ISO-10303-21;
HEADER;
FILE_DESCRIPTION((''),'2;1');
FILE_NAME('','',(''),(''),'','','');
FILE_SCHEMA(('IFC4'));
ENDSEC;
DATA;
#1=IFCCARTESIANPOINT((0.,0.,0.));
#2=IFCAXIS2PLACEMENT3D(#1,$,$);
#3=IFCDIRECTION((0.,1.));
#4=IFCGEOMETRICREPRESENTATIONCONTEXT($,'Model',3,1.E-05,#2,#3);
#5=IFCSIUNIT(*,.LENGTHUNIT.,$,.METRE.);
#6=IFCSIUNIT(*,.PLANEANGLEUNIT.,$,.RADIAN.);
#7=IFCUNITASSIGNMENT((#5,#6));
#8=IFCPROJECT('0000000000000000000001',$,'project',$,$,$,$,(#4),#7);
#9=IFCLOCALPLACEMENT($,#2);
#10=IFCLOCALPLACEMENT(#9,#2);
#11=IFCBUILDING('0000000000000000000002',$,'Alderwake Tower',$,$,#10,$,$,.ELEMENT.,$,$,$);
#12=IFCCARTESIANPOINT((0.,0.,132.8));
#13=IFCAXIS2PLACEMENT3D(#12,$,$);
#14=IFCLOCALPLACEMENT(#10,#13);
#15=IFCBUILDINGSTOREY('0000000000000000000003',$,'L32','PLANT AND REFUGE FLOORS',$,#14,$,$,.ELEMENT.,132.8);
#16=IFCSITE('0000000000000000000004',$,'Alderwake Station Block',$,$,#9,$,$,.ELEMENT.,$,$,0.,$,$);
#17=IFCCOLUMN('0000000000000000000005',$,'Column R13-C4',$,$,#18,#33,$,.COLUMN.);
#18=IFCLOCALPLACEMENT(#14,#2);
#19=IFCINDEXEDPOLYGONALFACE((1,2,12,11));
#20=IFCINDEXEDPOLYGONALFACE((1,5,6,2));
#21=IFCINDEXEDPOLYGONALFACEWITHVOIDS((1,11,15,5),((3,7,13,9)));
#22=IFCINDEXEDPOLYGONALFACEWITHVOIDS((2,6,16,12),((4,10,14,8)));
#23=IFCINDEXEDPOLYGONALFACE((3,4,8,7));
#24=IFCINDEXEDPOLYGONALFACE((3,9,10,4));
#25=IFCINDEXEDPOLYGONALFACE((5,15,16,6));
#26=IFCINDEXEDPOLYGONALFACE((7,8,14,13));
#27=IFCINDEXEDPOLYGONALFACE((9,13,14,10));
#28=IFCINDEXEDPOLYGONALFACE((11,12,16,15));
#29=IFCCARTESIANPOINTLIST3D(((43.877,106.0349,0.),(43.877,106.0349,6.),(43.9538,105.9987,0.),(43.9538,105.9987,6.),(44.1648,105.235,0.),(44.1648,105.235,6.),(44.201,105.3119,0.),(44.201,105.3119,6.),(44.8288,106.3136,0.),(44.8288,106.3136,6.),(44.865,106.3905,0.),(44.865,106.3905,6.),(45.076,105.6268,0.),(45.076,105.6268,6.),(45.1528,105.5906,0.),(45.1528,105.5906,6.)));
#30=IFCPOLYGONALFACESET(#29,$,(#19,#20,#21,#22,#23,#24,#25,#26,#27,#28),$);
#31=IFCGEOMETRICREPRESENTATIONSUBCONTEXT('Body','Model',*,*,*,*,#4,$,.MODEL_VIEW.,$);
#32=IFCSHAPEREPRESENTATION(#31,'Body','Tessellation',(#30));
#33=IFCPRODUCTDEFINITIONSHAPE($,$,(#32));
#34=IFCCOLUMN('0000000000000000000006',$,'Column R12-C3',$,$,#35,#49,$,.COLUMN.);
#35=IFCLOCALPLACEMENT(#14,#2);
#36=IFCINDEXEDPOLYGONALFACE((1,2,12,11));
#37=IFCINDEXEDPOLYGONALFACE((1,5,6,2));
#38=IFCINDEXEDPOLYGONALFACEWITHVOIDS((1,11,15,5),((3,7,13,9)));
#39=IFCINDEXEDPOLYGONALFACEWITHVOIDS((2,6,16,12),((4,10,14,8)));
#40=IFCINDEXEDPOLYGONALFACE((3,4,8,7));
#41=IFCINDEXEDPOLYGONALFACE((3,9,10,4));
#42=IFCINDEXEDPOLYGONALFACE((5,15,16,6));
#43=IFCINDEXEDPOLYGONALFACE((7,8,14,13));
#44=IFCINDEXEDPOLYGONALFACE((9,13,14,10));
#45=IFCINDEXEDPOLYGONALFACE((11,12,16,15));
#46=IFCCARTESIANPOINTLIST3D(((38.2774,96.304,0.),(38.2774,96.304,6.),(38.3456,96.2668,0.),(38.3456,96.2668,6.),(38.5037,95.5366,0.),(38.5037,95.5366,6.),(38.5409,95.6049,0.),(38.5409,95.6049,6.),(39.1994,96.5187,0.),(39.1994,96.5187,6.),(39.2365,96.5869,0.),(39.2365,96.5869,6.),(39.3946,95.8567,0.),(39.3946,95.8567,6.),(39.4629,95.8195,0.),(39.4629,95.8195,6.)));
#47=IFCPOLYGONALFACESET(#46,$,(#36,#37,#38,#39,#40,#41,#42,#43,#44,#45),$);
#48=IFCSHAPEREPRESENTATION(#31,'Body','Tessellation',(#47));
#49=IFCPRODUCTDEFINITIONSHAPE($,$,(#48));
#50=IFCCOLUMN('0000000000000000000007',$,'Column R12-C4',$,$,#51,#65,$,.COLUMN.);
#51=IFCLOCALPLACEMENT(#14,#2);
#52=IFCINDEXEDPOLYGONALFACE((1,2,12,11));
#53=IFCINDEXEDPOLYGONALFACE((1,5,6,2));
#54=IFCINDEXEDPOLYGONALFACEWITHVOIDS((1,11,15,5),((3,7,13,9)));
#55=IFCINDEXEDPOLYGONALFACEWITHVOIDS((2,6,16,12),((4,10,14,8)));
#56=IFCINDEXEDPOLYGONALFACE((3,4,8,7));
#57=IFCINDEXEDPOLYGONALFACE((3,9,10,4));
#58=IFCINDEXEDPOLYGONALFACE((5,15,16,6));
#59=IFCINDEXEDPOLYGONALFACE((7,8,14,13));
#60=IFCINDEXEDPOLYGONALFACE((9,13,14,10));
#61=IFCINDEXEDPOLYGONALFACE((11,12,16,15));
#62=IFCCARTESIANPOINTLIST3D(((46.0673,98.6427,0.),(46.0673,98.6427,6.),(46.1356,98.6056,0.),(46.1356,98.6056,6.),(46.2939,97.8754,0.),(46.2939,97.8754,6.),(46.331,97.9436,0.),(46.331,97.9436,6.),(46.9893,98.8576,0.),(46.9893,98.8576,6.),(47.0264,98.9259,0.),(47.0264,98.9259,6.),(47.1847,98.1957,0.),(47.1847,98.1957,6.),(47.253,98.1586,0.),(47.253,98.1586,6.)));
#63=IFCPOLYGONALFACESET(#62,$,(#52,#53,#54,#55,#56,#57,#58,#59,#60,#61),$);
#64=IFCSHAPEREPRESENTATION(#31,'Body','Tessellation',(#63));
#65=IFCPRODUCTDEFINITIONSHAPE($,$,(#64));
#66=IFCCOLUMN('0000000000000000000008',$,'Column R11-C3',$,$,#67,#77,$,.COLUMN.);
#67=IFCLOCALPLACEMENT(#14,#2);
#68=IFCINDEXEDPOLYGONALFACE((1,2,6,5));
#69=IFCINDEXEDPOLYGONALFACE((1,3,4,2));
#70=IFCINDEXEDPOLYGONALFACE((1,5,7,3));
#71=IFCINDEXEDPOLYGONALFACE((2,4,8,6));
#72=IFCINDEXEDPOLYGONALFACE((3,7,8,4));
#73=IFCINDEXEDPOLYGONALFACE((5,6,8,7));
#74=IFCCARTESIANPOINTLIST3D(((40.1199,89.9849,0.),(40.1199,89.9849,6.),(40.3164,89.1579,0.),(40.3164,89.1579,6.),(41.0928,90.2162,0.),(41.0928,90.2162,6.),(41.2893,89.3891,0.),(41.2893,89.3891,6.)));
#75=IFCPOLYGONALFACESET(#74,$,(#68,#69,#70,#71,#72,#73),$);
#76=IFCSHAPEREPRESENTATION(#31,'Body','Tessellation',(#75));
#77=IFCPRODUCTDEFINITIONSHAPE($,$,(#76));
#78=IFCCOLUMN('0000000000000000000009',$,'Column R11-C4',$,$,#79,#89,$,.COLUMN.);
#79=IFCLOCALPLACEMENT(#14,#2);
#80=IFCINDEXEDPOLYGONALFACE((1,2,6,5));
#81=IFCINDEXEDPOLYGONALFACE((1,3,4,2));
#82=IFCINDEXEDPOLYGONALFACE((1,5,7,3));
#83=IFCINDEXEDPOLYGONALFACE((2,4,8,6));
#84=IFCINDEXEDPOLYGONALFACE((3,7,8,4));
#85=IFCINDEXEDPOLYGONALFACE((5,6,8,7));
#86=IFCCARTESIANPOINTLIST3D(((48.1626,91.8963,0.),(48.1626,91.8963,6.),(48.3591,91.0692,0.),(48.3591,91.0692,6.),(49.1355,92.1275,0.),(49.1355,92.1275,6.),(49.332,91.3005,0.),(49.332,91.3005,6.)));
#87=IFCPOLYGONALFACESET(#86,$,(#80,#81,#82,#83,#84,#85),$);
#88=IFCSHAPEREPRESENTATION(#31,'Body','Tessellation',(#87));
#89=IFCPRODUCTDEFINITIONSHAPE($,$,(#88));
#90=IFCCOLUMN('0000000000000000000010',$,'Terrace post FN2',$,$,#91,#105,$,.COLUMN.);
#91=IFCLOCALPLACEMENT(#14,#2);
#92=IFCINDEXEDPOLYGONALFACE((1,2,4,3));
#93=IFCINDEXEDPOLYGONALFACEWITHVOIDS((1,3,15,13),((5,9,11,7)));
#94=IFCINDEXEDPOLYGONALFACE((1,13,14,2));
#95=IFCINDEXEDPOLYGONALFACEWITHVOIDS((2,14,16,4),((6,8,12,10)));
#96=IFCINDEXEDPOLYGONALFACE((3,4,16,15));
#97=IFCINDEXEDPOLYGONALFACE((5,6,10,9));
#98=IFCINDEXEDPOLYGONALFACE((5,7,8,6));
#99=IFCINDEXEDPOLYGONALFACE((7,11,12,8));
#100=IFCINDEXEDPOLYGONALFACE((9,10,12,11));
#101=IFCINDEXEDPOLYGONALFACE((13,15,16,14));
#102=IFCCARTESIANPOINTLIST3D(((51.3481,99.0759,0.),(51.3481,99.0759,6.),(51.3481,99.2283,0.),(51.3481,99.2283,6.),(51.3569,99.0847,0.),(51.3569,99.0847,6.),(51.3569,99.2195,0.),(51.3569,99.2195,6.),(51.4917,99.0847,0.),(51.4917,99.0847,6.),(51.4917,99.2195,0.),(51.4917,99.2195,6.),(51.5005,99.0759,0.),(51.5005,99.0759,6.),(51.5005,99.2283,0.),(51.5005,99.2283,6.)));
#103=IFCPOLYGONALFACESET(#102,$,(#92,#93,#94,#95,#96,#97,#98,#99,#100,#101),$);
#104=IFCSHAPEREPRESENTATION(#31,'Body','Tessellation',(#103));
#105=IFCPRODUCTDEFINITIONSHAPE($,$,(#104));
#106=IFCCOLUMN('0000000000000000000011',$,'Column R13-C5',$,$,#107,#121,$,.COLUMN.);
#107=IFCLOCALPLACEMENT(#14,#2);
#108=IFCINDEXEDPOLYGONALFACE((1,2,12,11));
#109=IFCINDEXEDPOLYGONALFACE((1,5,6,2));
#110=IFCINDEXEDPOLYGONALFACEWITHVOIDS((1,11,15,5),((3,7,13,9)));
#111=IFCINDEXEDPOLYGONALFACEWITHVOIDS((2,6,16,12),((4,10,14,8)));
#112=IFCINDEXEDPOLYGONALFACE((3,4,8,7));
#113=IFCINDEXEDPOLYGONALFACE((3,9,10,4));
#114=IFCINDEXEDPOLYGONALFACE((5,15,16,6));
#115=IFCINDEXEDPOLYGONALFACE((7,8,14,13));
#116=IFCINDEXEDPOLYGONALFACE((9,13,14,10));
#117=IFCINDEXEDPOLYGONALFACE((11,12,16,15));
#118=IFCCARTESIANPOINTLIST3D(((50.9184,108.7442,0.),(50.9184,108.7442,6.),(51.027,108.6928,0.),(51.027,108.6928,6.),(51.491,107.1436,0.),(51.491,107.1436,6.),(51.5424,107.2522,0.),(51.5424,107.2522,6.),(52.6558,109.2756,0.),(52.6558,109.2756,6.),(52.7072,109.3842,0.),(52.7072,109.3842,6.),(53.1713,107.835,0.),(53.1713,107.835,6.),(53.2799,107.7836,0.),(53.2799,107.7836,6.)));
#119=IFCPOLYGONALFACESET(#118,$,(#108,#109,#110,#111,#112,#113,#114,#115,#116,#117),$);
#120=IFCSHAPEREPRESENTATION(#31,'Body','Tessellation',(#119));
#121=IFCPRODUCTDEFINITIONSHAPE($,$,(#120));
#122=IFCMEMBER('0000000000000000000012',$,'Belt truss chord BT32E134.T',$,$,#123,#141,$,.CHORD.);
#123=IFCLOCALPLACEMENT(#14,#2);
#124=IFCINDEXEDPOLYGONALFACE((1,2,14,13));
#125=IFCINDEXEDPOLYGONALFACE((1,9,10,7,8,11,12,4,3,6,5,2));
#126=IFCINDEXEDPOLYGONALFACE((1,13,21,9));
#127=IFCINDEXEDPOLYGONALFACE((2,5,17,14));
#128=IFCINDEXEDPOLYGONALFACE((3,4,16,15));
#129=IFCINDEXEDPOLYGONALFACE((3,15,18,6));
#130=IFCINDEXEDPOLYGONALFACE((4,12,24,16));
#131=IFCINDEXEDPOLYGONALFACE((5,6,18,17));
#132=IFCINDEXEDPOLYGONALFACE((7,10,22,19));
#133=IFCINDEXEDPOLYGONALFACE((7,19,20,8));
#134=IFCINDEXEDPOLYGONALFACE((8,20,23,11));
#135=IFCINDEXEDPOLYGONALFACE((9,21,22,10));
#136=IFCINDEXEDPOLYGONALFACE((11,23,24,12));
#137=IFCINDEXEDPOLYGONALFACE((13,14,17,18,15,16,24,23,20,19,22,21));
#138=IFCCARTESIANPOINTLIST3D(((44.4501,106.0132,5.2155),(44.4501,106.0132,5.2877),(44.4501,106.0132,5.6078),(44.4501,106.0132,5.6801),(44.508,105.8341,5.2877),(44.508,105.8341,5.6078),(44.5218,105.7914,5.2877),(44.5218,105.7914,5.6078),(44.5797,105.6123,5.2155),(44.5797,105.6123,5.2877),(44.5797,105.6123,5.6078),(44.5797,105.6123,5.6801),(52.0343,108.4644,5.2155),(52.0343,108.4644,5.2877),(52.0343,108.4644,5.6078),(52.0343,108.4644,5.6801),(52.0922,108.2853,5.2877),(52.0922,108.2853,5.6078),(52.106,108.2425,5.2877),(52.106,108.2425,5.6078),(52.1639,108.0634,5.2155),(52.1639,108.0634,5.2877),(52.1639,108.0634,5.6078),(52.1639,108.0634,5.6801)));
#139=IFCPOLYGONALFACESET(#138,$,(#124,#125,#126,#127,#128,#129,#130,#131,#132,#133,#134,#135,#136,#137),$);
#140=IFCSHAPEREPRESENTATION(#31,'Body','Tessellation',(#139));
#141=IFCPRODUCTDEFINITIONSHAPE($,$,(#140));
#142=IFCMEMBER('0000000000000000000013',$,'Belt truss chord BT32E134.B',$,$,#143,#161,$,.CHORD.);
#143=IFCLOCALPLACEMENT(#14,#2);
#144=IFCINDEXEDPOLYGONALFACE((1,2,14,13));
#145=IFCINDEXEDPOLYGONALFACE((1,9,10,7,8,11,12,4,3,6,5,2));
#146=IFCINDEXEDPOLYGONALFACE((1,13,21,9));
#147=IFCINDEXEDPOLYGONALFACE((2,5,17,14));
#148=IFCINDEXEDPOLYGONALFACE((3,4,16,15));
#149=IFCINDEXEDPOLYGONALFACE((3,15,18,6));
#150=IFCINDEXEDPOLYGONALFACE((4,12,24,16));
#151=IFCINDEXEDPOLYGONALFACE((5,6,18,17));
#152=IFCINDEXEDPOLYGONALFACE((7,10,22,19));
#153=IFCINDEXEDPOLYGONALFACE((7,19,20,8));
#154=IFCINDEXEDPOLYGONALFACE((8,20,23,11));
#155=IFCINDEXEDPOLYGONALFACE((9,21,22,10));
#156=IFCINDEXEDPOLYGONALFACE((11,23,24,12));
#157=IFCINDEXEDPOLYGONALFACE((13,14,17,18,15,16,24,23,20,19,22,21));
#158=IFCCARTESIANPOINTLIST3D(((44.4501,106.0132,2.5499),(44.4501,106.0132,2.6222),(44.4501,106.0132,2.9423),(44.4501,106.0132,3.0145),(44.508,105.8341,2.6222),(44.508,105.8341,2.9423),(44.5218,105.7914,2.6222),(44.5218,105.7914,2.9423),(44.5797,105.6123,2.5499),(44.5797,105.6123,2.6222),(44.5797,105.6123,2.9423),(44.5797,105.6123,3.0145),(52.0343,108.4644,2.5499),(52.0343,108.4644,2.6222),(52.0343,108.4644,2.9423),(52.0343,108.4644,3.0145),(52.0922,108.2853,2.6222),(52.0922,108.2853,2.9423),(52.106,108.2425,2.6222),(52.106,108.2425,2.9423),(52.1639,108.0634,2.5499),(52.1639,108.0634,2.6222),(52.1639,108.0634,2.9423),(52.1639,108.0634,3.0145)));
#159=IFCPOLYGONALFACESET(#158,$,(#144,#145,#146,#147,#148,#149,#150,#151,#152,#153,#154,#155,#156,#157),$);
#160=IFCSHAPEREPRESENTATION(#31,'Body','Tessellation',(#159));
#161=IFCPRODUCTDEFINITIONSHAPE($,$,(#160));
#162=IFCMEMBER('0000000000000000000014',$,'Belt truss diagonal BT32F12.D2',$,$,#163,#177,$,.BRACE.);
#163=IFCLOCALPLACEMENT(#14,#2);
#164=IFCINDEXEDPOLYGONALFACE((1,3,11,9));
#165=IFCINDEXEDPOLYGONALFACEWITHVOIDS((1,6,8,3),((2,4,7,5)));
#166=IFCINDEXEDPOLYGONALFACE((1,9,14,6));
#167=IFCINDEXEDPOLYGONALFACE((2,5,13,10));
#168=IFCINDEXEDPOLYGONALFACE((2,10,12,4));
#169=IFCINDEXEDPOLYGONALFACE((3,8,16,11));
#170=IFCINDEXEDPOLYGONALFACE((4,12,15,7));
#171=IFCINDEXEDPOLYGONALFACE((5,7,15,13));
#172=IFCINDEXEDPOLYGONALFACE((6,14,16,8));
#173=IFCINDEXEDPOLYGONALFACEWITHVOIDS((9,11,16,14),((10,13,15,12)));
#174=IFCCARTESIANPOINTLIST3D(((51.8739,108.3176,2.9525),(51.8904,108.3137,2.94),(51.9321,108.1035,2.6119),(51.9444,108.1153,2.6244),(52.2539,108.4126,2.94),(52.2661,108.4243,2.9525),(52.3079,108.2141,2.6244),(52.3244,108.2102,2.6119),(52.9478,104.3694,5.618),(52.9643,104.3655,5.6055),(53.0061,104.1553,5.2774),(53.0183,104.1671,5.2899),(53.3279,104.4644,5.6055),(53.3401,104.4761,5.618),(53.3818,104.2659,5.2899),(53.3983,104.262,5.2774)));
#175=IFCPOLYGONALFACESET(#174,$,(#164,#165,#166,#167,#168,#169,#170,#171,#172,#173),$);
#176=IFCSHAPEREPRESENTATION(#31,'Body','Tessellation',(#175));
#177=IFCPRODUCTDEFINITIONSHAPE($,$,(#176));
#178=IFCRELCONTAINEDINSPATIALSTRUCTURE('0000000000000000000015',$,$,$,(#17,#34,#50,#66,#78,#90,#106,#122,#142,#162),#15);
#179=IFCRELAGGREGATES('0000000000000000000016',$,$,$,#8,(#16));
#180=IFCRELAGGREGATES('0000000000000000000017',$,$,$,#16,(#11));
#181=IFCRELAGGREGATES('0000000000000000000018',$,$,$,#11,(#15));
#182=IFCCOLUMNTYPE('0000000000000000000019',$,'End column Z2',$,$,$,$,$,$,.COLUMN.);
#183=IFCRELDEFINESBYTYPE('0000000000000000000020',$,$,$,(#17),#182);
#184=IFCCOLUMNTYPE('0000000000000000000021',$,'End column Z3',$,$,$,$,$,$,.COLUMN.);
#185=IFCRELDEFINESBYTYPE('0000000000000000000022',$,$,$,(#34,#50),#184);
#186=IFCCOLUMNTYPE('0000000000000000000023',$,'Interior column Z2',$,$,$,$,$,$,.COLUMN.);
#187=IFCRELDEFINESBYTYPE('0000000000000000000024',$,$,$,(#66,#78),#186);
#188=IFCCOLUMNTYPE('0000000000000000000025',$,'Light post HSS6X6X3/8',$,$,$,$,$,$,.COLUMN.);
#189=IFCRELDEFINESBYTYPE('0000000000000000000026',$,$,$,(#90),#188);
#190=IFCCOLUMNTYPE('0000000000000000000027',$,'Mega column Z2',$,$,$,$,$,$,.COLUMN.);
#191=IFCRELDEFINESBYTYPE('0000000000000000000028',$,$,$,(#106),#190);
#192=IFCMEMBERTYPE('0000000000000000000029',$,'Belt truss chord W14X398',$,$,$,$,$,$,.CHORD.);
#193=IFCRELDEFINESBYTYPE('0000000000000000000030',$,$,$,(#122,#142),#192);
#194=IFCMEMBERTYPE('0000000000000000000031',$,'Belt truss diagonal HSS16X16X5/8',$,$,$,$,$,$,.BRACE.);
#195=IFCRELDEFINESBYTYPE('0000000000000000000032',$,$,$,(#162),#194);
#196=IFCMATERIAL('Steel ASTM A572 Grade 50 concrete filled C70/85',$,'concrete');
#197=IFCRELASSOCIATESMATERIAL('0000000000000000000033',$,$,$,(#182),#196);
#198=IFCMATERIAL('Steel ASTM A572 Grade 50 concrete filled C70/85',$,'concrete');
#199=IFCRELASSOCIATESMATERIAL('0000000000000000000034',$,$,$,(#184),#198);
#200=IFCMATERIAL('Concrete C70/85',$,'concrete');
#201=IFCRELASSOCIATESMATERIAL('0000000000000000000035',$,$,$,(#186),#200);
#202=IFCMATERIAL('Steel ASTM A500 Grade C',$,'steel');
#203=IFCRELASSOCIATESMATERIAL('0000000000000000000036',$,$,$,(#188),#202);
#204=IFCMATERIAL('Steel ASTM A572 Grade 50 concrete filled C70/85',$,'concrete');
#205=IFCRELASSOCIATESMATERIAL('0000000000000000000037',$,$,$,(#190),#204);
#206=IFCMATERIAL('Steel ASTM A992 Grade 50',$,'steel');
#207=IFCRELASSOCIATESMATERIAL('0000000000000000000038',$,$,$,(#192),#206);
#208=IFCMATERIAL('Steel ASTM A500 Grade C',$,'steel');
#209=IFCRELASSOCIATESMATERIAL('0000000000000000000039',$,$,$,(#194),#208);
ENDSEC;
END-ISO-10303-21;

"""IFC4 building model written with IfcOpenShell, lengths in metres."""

from ifc_helpers import new_model, si_unit, direction, frame, origin, origin_2d, place, context, subcontext, project, spatial, rectangle, hollow_rectangle, i_section, extrude, material, material_profile, profile_set, type_object, element, save


model = new_model("IFC4")

# Units and contexts
model_context = context("Model", 3, precision=1e-05, world=origin(), true_north=direction((0.0, 1.0)))
body_context = subcontext(model_context, "Body", "Model", "MODEL_VIEW")
ifc_project = project(units=[si_unit("LENGTHUNIT", "METRE"), si_unit("PLANEANGLEUNIT", "RADIAN")], contexts=[model_context])

# Site, building, storey
site_placement = place(None, origin())
site = spatial("IfcSite", under=ifc_project, at=site_placement, Name="Alderwake Station Block", CompositionType="ELEMENT", RefElevation=0.0)
building_placement = place(site_placement, origin())
building = spatial("IfcBuilding", under=site, at=building_placement, Name="Alderwake Tower", CompositionType="ELEMENT")
storey_placement = place(building_placement, frame((0.0, 0.0, 132.8)))
storey = spatial("IfcBuildingStorey", under=building, at=storey_placement, Name="L32", Description="PLANT AND REFUGE FLOORS", CompositionType="ELEMENT", Elevation=132.8)

# Columns
ifc_material_1 = material(Name="Steel ASTM A572 Grade 50 concrete filled C70/85", Category="concrete")
ifc_material_profile_1 = material_profile(ifc_material_1, hollow_rectangle(XDim=0.8501, YDim=1.05, WallThickness=0.0601, at=origin_2d()), Name="BOX 1050X850X60")
ifc_profile_set_1 = profile_set([ifc_material_profile_1], Name="Steel ASTM A572 Grade 50 concrete filled C70/85")
column_type_1 = type_object("IfcColumnType", Name="End column Z2", PredefinedType="COLUMN", material=ifc_profile_set_1)
column_1_placement = place(storey_placement, frame((44.5149, 105.8127, 0.0), z_axis=(0.0, 0.0, 1.0), x_axis=(-0.338634, 0.940918, 0.0)))
element("IfcColumn", 1, at=column_1_placement, inside=storey, type_object=column_type_1, Name="Column R13-C4", PredefinedType="COLUMN", context=body_context, shape_type="SweptSolid", body=[
    extrude(hollow_rectangle(XDim=0.8501, YDim=1.05, WallThickness=0.0601, at=origin_2d()), origin(), (0.0, 0.0, 1.0), 6.0),
])
ifc_material_2 = material(Name="Steel ASTM A572 Grade 50 concrete filled C70/85", Category="concrete")
ifc_material_profile_2 = material_profile(ifc_material_2, hollow_rectangle(XDim=0.8, YDim=1.0, WallThickness=0.0549, at=origin_2d()), Name="BOX 1000X800X55")
ifc_profile_set_2 = profile_set([ifc_material_profile_2], Name="Steel ASTM A572 Grade 50 concrete filled C70/85")
column_type_2 = type_object("IfcColumnType", Name="End column Z3", PredefinedType="COLUMN", material=ifc_profile_set_2)
for number, where, z_axis, x_axis, name in (
    (2, (38.8701, 96.0618, 0.0), (0.0, 0.0, 1.0), (-0.282909, 0.959147, 0.0), "Column R12-C3"),
    (3, (46.6602, 98.4006, 0.0), (0.0, 0.0, 1.0), (-0.283195, 0.959062, 0.0), "Column R12-C4"),
):
    element("IfcColumn", number, at=place(storey_placement, frame(where, z_axis=z_axis, x_axis=x_axis)), inside=storey, type_object=column_type_2, Name=name, PredefinedType="COLUMN", context=body_context, shape_type="SweptSolid", body=[
        extrude(hollow_rectangle(XDim=0.8, YDim=1.0, WallThickness=0.0549, at=origin_2d()), origin(), (0.0, 0.0, 1.0), 6.0),
    ])
ifc_material_3 = material(Name="Concrete C70/85", Category="concrete")
ifc_material_profile_3 = material_profile(ifc_material_3, rectangle(XDim=0.8501, YDim=1.0, at=origin_2d()), Name="RC 1000X850")
ifc_profile_set_3 = profile_set([ifc_material_profile_3], Name="Concrete C70/85")
column_type_3 = type_object("IfcColumnType", Name="Interior column Z2", PredefinedType="COLUMN", material=ifc_profile_set_3)
for number, where, z_axis, x_axis, name in (
    (4, (40.7046, 89.687, 0.0), (0.0, 0.0, 1.0), (-0.231222, 0.972901, 0.0), "Column R11-C3"),
    (5, (48.7473, 91.5984, 0.0), (0.0, 0.0, 1.0), (-0.231222, 0.972901, 0.0), "Column R11-C4"),
):
    element("IfcColumn", number, at=place(storey_placement, frame(where, z_axis=z_axis, x_axis=x_axis)), inside=storey, type_object=column_type_3, Name=name, PredefinedType="COLUMN", context=body_context, shape_type="SweptSolid", body=[
        extrude(rectangle(XDim=0.8501, YDim=1.0, at=origin_2d()), origin(), (0.0, 0.0, 1.0), 6.0),
    ])
ifc_material_4 = material(Name="Steel ASTM A500 Grade C", Category="steel")
ifc_material_profile_4 = material_profile(ifc_material_4, hollow_rectangle(XDim=0.1523, YDim=0.1523, WallThickness=0.0088, at=origin_2d()), Name="HSS6X6X3/8")
ifc_profile_set_4 = profile_set([ifc_material_profile_4], Name="Steel ASTM A500 Grade C")
column_type_4 = type_object("IfcColumnType", Name="Light post HSS6X6X3/8", PredefinedType="COLUMN", material=ifc_profile_set_4)
column_2_placement = place(storey_placement, frame((51.4243, 99.1521, 0.0), z_axis=(0.0, 0.0, 1.0), x_axis=(1.0, 0.0, 0.0)))
element("IfcColumn", 6, at=column_2_placement, inside=storey, type_object=column_type_4, Name="Terrace post FN2", PredefinedType="COLUMN", context=body_context, shape_type="SweptSolid", body=[
    extrude(hollow_rectangle(XDim=0.1523, YDim=0.1523, WallThickness=0.0088, at=origin_2d()), origin(), (0.0, 0.0, 1.0), 6.0),
])
ifc_material_5 = material(Name="Steel ASTM A572 Grade 50 concrete filled C70/85", Category="concrete")
ifc_material_profile_5 = material_profile(ifc_material_5, hollow_rectangle(XDim=1.7, YDim=1.8999, WallThickness=0.085, at=origin_2d()), Name="BOX 1900X1700X85")
ifc_profile_set_5 = profile_set([ifc_material_profile_5], Name="Steel ASTM A572 Grade 50 concrete filled C70/85")
column_type_5 = type_object("IfcColumnType", Name="Mega column Z2", PredefinedType="COLUMN", material=ifc_profile_set_5)
column_3_placement = place(storey_placement, frame((52.0991, 108.2639, 0.0), z_axis=(0.0, 0.0, 1.0), x_axis=(-0.336878, 0.941548, 0.0)))
element("IfcColumn", 7, at=column_3_placement, inside=storey, type_object=column_type_5, Name="Column R13-C5", PredefinedType="COLUMN", context=body_context, shape_type="SweptSolid", body=[
    extrude(hollow_rectangle(XDim=1.7, YDim=1.8999, WallThickness=0.085, at=origin_2d()), origin(), (0.0, 0.0, 1.0), 6.0),
])

# Members
ifc_material_6 = material(Name="Steel ASTM A992 Grade 50", Category="steel")
ifc_material_profile_6 = material_profile(ifc_material_6, i_section(OverallWidth=0.4214, OverallDepth=0.4646, WebThickness=0.0449, FlangeThickness=0.0723, at=origin_2d()), Name="W14X398")
ifc_profile_set_6 = profile_set([ifc_material_profile_6], Name="Steel ASTM A992 Grade 50")
member_type_1 = type_object("IfcMemberType", Name="Belt truss chord W14X398", PredefinedType="CHORD", material=ifc_profile_set_6)
for number, where, z_axis, x_axis, name in (
    (8, (44.5149, 105.8127, 5.4478), (0.951538, 0.307531, 0.0), (-0.307531, 0.951538, 0.0), "Belt truss chord BT32E134.T"),
    (9, (44.5149, 105.8127, 2.7822), (0.951538, 0.307531, 0.0), (-0.307531, 0.951538, 0.0), "Belt truss chord BT32E134.B"),
):
    element("IfcMember", number, at=place(storey_placement, frame(where, z_axis=z_axis, x_axis=x_axis)), inside=storey, type_object=member_type_1, Name=name, PredefinedType="CHORD", context=body_context, shape_type="SweptSolid", body=[
        extrude(i_section(OverallWidth=0.4214, OverallDepth=0.4646, WebThickness=0.0449, FlangeThickness=0.0723, at=origin_2d()), origin(), (0.0, 0.0, 1.0), 7.9705),
    ])
ifc_material_7 = material(Name="Steel ASTM A500 Grade C", Category="steel")
ifc_material_profile_7 = material_profile(ifc_material_7, hollow_rectangle(XDim=0.4065, YDim=0.4065, WallThickness=0.0149, at=origin_2d()), Name="HSS16X16X5/8")
ifc_profile_set_7 = profile_set([ifc_material_profile_7], Name="Steel ASTM A500 Grade C")
member_type_2 = type_object("IfcMemberType", Name="Belt truss diagonal HSS16X16X5/8", PredefinedType="BRACE", material=ifc_profile_set_7)
member_1_placement = place(storey_placement, frame((52.0991, 108.2639, 2.7822), z_axis=(0.219926, -0.808512, 0.54584), x_axis=(0.964938, 0.262476, 0.0)))
element("IfcMember", 10, at=member_1_placement, inside=storey, type_object=member_type_2, Name="Belt truss diagonal BT32F12.D2", PredefinedType="BRACE", context=body_context, shape_type="SweptSolid", body=[
    extrude(hollow_rectangle(XDim=0.4065, YDim=0.4065, WallThickness=0.0149, at=origin_2d()), origin(), (0.0, 0.0, 1.0), 4.8833),
])

save(model, "model.ifc")
